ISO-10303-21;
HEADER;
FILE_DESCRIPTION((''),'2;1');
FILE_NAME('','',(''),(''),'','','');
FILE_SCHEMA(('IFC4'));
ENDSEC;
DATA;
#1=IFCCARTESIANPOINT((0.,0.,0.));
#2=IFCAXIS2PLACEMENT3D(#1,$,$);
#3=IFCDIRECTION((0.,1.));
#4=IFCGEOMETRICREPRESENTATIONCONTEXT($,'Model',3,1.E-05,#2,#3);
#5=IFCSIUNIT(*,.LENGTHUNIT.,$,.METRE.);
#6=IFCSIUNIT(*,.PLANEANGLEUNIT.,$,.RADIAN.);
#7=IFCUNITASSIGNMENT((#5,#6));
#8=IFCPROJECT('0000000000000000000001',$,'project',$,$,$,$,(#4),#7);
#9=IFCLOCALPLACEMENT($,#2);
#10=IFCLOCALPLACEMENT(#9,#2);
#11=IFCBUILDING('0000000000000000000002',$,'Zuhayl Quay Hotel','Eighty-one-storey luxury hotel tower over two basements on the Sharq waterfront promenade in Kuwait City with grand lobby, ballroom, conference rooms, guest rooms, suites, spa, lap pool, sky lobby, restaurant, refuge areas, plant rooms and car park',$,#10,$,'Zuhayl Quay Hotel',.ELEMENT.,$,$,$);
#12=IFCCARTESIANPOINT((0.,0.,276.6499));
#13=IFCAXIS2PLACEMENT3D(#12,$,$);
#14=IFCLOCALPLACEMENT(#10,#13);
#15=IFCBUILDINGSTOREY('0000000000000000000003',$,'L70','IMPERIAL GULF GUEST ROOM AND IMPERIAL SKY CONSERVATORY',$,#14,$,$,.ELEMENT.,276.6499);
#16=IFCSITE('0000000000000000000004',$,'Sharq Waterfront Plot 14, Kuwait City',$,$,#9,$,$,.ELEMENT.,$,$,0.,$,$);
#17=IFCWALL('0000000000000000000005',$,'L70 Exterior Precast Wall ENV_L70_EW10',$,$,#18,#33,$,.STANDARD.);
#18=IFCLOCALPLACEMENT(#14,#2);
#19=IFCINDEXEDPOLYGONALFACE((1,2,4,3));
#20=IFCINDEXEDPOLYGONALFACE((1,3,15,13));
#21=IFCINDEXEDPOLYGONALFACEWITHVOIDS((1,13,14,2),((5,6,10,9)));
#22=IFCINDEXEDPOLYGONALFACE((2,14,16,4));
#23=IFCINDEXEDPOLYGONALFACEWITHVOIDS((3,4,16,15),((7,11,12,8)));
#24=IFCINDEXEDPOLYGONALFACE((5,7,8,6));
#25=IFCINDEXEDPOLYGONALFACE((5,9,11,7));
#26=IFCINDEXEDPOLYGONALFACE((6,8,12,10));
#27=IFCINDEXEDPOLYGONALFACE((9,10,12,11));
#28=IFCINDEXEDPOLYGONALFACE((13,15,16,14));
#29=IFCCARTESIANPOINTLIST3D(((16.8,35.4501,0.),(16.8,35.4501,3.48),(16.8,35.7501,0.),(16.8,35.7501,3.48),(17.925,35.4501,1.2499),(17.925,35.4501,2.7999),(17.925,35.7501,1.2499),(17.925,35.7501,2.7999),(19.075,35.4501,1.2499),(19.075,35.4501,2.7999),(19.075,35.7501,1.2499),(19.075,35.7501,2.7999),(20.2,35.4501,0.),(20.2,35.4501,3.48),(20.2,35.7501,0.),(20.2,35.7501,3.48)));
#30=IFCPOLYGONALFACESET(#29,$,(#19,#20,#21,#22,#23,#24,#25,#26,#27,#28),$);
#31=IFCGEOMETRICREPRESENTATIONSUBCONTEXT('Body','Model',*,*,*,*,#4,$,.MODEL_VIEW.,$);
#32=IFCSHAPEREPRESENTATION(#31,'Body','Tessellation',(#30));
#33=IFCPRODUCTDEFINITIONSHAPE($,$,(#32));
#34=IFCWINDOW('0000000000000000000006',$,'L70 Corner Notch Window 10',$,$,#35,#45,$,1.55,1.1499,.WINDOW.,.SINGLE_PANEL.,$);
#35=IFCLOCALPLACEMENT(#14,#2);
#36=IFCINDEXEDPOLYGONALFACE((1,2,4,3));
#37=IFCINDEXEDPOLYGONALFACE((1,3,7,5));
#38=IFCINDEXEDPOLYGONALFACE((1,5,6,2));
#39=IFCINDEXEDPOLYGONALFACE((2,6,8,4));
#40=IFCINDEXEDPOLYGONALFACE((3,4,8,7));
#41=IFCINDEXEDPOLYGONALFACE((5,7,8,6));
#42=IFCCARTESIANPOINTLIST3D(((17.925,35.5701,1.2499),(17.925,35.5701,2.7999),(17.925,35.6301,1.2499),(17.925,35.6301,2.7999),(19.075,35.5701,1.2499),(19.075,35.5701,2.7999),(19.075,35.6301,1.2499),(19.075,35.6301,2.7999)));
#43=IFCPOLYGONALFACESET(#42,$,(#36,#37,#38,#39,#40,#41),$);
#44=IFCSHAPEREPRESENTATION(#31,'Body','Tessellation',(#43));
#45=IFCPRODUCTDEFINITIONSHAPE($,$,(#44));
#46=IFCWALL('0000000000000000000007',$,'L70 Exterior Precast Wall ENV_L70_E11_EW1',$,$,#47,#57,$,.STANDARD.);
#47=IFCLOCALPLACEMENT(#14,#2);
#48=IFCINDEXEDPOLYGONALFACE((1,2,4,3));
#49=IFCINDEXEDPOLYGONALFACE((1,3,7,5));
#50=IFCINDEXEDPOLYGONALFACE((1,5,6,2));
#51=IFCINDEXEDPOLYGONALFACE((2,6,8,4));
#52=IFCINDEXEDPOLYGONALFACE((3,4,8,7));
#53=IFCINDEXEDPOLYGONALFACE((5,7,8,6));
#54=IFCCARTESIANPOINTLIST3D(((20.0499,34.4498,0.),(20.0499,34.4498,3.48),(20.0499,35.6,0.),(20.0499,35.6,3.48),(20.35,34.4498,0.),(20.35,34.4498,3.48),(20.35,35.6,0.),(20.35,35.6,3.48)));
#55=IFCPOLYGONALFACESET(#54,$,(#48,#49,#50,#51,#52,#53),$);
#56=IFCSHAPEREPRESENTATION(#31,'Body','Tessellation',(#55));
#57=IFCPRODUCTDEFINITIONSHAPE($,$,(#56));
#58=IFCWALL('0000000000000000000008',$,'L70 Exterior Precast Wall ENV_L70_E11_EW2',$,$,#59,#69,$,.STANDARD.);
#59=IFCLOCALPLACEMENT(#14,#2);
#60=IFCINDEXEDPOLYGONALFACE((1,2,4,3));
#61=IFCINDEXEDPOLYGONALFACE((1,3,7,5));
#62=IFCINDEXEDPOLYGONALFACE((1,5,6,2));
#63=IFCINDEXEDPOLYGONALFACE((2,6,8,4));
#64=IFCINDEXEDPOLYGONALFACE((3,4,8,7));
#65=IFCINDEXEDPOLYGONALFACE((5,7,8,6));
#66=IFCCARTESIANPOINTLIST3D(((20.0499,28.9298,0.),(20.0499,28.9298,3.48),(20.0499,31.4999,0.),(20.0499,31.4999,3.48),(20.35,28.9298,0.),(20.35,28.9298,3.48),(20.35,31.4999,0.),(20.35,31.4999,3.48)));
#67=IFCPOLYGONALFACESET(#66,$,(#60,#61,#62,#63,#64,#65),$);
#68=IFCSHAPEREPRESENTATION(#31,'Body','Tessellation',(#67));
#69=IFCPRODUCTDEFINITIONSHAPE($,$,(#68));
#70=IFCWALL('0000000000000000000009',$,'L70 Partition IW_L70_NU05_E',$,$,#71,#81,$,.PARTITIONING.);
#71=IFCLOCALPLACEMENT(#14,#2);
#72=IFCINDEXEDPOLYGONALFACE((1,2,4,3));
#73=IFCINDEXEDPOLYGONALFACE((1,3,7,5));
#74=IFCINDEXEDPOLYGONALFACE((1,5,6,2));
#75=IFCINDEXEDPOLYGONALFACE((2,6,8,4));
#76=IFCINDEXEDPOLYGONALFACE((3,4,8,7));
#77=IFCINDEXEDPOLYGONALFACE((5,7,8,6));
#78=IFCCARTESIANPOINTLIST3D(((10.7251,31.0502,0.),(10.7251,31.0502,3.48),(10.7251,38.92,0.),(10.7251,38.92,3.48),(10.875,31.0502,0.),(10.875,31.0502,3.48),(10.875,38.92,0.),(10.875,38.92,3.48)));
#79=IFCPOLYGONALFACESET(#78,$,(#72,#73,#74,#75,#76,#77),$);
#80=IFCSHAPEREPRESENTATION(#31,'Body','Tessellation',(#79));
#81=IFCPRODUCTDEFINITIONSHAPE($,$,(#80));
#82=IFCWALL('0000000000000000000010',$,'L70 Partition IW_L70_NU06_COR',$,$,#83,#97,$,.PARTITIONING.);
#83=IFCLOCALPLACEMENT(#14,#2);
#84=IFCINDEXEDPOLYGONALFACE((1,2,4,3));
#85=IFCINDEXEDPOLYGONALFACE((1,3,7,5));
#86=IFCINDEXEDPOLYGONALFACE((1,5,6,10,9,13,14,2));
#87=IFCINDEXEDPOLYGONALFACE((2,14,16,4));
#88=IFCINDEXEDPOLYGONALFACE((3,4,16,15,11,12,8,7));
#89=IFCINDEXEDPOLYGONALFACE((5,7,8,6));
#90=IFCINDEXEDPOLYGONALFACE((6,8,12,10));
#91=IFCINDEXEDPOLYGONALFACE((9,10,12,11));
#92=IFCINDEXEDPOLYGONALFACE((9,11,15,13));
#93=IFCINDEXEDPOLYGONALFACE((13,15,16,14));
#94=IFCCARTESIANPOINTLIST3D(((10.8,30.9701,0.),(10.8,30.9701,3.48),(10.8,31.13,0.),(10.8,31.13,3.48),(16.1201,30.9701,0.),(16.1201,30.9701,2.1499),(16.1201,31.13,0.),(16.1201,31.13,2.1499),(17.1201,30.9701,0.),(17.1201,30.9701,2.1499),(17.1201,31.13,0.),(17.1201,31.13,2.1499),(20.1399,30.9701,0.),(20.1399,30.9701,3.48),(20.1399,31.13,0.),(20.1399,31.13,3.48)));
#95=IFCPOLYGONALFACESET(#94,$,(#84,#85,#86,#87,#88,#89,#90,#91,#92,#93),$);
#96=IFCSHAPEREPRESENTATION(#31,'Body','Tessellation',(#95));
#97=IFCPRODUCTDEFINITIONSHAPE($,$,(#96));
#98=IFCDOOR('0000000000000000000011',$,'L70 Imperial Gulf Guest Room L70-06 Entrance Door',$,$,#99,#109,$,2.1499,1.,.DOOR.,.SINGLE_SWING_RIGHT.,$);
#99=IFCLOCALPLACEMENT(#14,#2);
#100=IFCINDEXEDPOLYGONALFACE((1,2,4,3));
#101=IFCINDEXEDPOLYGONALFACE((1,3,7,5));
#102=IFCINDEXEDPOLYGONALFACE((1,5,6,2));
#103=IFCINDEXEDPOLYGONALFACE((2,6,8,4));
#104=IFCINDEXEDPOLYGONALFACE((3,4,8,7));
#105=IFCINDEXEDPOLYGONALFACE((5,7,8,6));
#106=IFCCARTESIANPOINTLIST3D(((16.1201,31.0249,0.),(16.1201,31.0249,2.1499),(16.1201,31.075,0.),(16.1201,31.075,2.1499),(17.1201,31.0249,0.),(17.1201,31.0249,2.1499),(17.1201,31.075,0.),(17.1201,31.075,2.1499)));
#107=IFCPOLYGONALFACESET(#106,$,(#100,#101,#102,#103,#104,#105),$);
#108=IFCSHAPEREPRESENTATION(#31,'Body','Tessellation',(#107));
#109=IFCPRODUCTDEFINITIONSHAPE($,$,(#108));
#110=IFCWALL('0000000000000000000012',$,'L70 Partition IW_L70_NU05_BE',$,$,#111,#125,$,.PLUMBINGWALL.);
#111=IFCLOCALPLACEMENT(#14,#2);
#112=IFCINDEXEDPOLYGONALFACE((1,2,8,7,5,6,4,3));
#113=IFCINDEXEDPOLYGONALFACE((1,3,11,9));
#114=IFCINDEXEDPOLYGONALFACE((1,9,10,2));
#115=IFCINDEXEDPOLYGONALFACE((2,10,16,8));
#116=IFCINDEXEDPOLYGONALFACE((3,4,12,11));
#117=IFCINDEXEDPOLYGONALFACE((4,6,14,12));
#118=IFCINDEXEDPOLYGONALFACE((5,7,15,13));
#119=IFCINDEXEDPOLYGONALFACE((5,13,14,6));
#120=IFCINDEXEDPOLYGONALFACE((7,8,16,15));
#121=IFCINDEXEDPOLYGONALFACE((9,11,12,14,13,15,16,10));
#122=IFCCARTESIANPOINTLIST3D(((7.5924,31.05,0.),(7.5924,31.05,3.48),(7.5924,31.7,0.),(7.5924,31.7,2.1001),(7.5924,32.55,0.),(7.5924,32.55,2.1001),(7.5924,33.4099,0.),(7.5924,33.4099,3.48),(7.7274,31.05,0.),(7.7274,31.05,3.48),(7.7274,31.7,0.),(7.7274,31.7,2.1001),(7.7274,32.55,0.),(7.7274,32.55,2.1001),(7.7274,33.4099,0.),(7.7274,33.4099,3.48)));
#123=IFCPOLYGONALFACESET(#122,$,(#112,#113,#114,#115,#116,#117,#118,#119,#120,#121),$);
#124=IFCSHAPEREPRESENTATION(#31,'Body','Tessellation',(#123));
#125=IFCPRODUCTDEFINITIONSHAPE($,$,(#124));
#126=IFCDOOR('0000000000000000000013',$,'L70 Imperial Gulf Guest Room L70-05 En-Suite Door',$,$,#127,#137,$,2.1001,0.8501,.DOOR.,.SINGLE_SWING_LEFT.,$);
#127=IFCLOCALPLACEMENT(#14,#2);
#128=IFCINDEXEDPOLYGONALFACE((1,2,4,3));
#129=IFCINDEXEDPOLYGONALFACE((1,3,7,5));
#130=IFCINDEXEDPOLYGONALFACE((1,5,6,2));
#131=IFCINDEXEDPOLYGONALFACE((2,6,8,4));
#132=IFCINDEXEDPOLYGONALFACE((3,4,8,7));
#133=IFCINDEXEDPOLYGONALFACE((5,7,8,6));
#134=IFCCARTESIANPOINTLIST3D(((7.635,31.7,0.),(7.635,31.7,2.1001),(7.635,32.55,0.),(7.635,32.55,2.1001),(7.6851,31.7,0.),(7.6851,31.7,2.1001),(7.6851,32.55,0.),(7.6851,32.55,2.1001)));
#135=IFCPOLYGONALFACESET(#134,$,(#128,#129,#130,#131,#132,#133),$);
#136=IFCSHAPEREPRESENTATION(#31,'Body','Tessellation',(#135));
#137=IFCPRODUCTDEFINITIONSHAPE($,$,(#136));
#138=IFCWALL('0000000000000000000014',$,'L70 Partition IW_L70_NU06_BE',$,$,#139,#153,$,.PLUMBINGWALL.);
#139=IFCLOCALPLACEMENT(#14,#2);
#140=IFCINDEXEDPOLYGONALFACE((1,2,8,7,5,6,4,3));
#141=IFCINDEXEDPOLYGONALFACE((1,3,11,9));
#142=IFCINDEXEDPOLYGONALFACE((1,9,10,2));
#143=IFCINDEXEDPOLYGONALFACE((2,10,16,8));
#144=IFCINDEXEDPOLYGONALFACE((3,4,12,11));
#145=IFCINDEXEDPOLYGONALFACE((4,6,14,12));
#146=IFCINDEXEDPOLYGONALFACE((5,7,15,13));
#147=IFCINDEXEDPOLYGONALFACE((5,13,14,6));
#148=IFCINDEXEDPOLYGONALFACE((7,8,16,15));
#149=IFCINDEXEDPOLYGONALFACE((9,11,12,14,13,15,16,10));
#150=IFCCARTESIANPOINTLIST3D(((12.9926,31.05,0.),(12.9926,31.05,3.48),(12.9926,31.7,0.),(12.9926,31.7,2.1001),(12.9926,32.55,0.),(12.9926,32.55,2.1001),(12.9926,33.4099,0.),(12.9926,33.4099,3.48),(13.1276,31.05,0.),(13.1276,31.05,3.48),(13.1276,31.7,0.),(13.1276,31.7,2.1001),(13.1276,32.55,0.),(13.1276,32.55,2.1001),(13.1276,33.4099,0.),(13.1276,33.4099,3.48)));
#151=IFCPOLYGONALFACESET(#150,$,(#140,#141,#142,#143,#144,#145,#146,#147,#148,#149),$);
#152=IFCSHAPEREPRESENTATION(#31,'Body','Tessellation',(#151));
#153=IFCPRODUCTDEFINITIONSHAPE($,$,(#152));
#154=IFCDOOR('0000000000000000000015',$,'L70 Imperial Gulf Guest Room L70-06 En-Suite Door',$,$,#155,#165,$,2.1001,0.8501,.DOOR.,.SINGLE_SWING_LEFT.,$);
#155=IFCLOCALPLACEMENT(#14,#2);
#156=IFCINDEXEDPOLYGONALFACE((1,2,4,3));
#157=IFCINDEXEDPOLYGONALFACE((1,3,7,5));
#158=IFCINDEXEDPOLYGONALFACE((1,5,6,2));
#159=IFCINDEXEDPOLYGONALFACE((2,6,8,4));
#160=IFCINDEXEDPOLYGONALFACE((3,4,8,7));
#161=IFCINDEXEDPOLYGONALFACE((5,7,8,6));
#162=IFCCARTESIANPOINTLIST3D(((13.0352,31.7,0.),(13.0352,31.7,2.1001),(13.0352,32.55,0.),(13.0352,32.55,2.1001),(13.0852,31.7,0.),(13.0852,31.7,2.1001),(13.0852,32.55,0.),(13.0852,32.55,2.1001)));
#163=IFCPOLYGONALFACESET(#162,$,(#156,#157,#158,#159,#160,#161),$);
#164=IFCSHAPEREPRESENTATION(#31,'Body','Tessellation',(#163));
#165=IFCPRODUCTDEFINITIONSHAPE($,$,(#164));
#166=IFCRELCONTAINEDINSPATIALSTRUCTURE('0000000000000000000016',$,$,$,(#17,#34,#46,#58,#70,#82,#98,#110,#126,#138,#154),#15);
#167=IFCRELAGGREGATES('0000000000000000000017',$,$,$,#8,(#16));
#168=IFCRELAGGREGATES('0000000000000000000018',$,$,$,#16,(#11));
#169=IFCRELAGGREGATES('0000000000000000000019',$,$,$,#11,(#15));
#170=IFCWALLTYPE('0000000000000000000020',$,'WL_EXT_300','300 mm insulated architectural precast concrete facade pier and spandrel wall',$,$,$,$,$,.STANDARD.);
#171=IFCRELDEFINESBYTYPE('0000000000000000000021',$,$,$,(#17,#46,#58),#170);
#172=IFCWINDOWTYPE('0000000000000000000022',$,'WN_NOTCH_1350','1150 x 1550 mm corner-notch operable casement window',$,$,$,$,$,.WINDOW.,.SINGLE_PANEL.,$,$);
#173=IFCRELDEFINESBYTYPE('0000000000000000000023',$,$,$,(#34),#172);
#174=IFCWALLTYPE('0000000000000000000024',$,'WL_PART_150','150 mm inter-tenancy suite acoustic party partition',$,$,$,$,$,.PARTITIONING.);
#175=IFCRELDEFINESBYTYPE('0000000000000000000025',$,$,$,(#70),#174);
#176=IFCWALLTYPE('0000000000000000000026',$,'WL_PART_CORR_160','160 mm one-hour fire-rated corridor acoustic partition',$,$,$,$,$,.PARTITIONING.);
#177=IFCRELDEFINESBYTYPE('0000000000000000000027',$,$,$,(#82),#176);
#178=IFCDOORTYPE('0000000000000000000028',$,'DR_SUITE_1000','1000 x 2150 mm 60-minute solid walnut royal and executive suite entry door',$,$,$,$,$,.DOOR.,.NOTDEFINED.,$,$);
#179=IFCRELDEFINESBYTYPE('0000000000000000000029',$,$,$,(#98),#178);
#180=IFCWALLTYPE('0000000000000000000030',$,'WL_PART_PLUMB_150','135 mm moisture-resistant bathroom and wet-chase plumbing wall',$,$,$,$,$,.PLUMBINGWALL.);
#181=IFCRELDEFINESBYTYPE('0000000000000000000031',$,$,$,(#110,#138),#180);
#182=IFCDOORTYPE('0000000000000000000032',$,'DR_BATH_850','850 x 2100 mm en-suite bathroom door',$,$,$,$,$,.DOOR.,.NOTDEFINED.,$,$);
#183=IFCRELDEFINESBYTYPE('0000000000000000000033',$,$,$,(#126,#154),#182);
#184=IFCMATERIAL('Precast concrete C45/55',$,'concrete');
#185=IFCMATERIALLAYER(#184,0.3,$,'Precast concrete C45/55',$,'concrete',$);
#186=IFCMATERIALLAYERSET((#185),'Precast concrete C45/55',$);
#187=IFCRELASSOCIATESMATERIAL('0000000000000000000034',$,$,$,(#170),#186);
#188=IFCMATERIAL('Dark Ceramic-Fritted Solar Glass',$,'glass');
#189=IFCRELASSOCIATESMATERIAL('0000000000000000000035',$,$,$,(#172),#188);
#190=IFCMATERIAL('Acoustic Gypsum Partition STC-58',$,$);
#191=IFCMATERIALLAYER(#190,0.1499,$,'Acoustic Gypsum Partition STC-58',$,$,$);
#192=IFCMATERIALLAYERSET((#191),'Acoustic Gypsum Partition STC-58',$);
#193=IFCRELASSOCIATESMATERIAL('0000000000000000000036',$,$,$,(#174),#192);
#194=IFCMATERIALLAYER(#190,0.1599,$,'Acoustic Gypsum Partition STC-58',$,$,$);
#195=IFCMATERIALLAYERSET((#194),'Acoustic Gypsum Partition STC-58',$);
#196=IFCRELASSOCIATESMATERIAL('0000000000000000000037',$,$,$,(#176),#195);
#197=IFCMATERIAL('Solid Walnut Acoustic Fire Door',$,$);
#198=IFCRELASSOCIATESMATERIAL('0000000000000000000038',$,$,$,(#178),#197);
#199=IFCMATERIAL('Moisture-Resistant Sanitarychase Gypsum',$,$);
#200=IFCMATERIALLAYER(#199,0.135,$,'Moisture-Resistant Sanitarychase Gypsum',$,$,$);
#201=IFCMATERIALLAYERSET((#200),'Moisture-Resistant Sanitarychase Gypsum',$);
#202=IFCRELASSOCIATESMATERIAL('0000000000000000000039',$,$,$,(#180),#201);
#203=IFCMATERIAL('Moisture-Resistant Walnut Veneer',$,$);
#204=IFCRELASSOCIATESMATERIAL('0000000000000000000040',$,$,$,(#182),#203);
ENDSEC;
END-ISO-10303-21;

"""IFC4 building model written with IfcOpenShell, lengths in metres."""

from ifc_helpers import new_model, si_unit, direction, frame, frame_2d, origin, place, context, subcontext, project, spatial, rectangle, extrude, material, layer, layer_set, type_object, element, fill, save


model = new_model("IFC4")

# Units and contexts
model_context = context("Model", 3, precision=1e-05, world=origin(), true_north=direction((0.0, 1.0)))
body_context = subcontext(model_context, "Body", "Model", "MODEL_VIEW")
ifc_project = project(units=[si_unit("LENGTHUNIT", "METRE"), si_unit("PLANEANGLEUNIT", "RADIAN")], contexts=[model_context])

# Site, building, storey
site_placement = place(None, origin())
site = spatial("IfcSite", under=ifc_project, at=site_placement, Name="Sharq Waterfront Plot 14, Kuwait City", CompositionType="ELEMENT", RefElevation=0.0)
building_placement = place(site_placement, origin())
building = spatial("IfcBuilding", under=site, at=building_placement, Name="Zuhayl Quay Hotel", Description="Eighty-one-storey luxury hotel tower over two basements on the Sharq waterfront promenade in Kuwait City with grand lobby, ballroom, conference rooms, guest rooms, suites, spa, lap pool, sky lobby, restaurant, refuge areas, plant rooms and car park", LongName="Zuhayl Quay Hotel", CompositionType="ELEMENT")
storey_placement = place(building_placement, frame((0.0, 0.0, 276.6499)))
storey = spatial("IfcBuildingStorey", under=building, at=storey_placement, Name="L70", Description="IMPERIAL GULF GUEST ROOM AND IMPERIAL SKY CONSERVATORY", CompositionType="ELEMENT", Elevation=276.6499)

# Shared definitions
ifc_material_1 = material(Name="Dark Ceramic-Fritted Solar Glass", Category="glass")

# Wall, opening, window
ifc_material_2 = material(Name="Precast concrete C45/55", Category="concrete")
ifc_layer_1 = layer(ifc_material_2, 0.3, Name="Precast concrete C45/55", Category="concrete")
ifc_layer_set_1 = layer_set([ifc_layer_1], Name="Precast concrete C45/55")
wall_type_1 = type_object("IfcWallType", Name="WL_EXT_300", Description="300 mm insulated architectural precast concrete facade pier and spandrel wall", PredefinedType="STANDARD", material=ifc_layer_set_1)
window_type = type_object("IfcWindowType", Name="WN_NOTCH_1350", Description="1150 x 1550 mm corner-notch operable casement window", PartitioningType="SINGLE_PANEL", PredefinedType="WINDOW", material=ifc_material_1)
wall_1_placement = place(storey_placement, frame((16.8, 35.6001, 0.0), z_axis=(0.0, 0.0, 1.0), x_axis=(1.0, 0.0, 0.0)))
wall_1 = element("IfcWall", 1, at=wall_1_placement, inside=storey, type_object=wall_type_1, Name="L70 Exterior Precast Wall ENV_L70_EW10", PredefinedType="STANDARD", context=body_context, shape_type="SweptSolid", body=[
    extrude(rectangle(XDim=3.3999, YDim=0.3, at=frame_2d((1.7, 0.0))), origin(), (0.0, 0.0, 1.0), 3.48),
])
opening_1_placement = place(wall_1_placement, frame((1.125, 0.0, 1.25)))
opening_1 = element("IfcOpeningElement", 2, at=opening_1_placement, cuts=wall_1, PredefinedType="OPENING", context=body_context, shape_type="SweptSolid", body=[
    extrude(rectangle(XDim=1.1499, YDim=1.55, at=frame_2d((0.575, 0.7749))), frame((0.0, 0.1599, 0.0), z_axis=(0.0, -1.0, 0.0), x_axis=(1.0, 0.0, 0.0)), (0.0, 0.0, 1.0), 0.3201),
])
window_1_placement = place(opening_1_placement, origin())
window_1 = element("IfcWindow", 3, at=window_1_placement, inside=storey, type_object=window_type, Name="L70 Corner Notch Window 10", OverallHeight=1.55, OverallWidth=1.1499, PartitioningType="SINGLE_PANEL", PredefinedType="WINDOW", context=body_context, shape_type="SweptSolid", body=[
    extrude(rectangle(XDim=1.1499, YDim=1.55, at=frame_2d((0.575, 0.7749))), frame((0.0, 0.03, 0.0), z_axis=(0.0, -1.0, 0.0), x_axis=(1.0, 0.0, 0.0)), (0.0, 0.0, 1.0), 0.0601),
])
fill(opening_1, window_1)

# Walls
wall_2_placement = place(storey_placement, frame((20.2, 35.6001, 0.0), z_axis=(0.0, 0.0, 1.0), x_axis=(0.0, -1.0, 0.0)))
element("IfcWall", 4, at=wall_2_placement, inside=storey, type_object=wall_type_1, Name="L70 Exterior Precast Wall ENV_L70_E11_EW1", PredefinedType="STANDARD", context=body_context, shape_type="SweptSolid", body=[
    extrude(rectangle(XDim=1.1501, YDim=0.3, at=frame_2d((0.5752, 0.0))), origin(), (0.0, 0.0, 1.0), 3.48),
])
wall_3_placement = place(storey_placement, frame((20.2, 31.5, 0.0), z_axis=(0.0, 0.0, 1.0), x_axis=(0.0, -1.0, 0.0)))
element("IfcWall", 5, at=wall_3_placement, inside=storey, type_object=wall_type_1, Name="L70 Exterior Precast Wall ENV_L70_E11_EW2", PredefinedType="STANDARD", context=body_context, shape_type="SweptSolid", body=[
    extrude(rectangle(XDim=2.5701, YDim=0.3, at=frame_2d((1.2852, 0.0))), origin(), (0.0, 0.0, 1.0), 3.48),
])
ifc_material_3 = material(Name="Acoustic Gypsum Partition STC-58")
ifc_layer_2 = layer(ifc_material_3, 0.1499, Name="Acoustic Gypsum Partition STC-58")
ifc_layer_set_2 = layer_set([ifc_layer_2], Name="Acoustic Gypsum Partition STC-58")
wall_type_2 = type_object("IfcWallType", Name="WL_PART_150", Description="150 mm inter-tenancy suite acoustic party partition", PredefinedType="PARTITIONING", material=ifc_layer_set_2)
wall_4_placement = place(storey_placement, frame((10.8, 31.05, 0.0), z_axis=(0.0, 0.0, 1.0), x_axis=(0.0, 1.0, 0.0)))
element("IfcWall", 6, at=wall_4_placement, inside=storey, type_object=wall_type_2, Name="L70 Partition IW_L70_NU05_E", PredefinedType="PARTITIONING", context=body_context, shape_type="SweptSolid", body=[
    extrude(rectangle(XDim=7.8699, YDim=0.1499, at=frame_2d((3.9351, 0.0))), origin(), (0.0, 0.0, 1.0), 3.48),
])

# Walls, openings, doors
ifc_layer_3 = layer(ifc_material_3, 0.1599, Name="Acoustic Gypsum Partition STC-58")
ifc_layer_set_3 = layer_set([ifc_layer_3], Name="Acoustic Gypsum Partition STC-58")
wall_type_3 = type_object("IfcWallType", Name="WL_PART_CORR_160", Description="160 mm one-hour fire-rated corridor acoustic partition", PredefinedType="PARTITIONING", material=ifc_layer_set_3)
wall_5_placement = place(storey_placement, frame((10.8, 31.05, 0.0), z_axis=(0.0, 0.0, 1.0), x_axis=(1.0, 0.0, 0.0)))
wall_5 = element("IfcWall", 7, at=wall_5_placement, inside=storey, type_object=wall_type_3, Name="L70 Partition IW_L70_NU06_COR", PredefinedType="PARTITIONING", context=body_context, shape_type="SweptSolid", body=[
    extrude(rectangle(XDim=9.3398, YDim=0.1599, at=frame_2d((4.6699, 0.0))), origin(), (0.0, 0.0, 1.0), 3.48),
])
opening_2_placement = place(wall_5_placement, frame((5.3201, 0.0, 0.0)))
opening_2 = element("IfcOpeningElement", 8, at=opening_2_placement, cuts=wall_5, PredefinedType="OPENING", context=body_context, shape_type="SweptSolid", body=[
    extrude(rectangle(XDim=1.0, YDim=2.1499, at=frame_2d((0.5, 1.075))), frame((0.0, 0.0898, 0.0), z_axis=(0.0, -1.0, 0.0), x_axis=(1.0, 0.0, 0.0)), (0.0, 0.0, 1.0), 0.1799),
])
ifc_material_4 = material(Name="Solid Walnut Acoustic Fire Door")
door_type_1 = type_object("IfcDoorType", Name="DR_SUITE_1000", Description="1000 x 2150 mm 60-minute solid walnut royal and executive suite entry door", OperationType="NOTDEFINED", PredefinedType="DOOR", material=ifc_material_4)
door_1_placement = place(opening_2_placement, origin())
door_1 = element("IfcDoor", 9, at=door_1_placement, inside=storey, type_object=door_type_1, Name="L70 Imperial Gulf Guest Room L70-06 Entrance Door", OperationType="SINGLE_SWING_RIGHT", OverallHeight=2.1499, OverallWidth=1.0, PredefinedType="DOOR", context=body_context, shape_type="SweptSolid", body=[
    extrude(rectangle(XDim=1.0, YDim=2.1499, at=frame_2d((0.5, 1.075))), frame((0.0, 0.0249, 0.0), z_axis=(0.0, -1.0, 0.0), x_axis=(1.0, 0.0, 0.0)), (0.0, 0.0, 1.0), 0.05),
])
fill(opening_2, door_1)
ifc_material_5 = material(Name="Moisture-Resistant Sanitarychase Gypsum")
ifc_layer_4 = layer(ifc_material_5, 0.135, Name="Moisture-Resistant Sanitarychase Gypsum")
ifc_layer_set_4 = layer_set([ifc_layer_4], Name="Moisture-Resistant Sanitarychase Gypsum")
wall_type_4 = type_object("IfcWallType", Name="WL_PART_PLUMB_150", Description="135 mm moisture-resistant bathroom and wet-chase plumbing wall", PredefinedType="PLUMBINGWALL", material=ifc_layer_set_4)
wall_6_placement = place(storey_placement, frame((7.6599, 31.05, 0.0), z_axis=(0.0, 0.0, 1.0), x_axis=(0.0, 1.0, 0.0)))
wall_6 = element("IfcWall", 10, at=wall_6_placement, inside=storey, type_object=wall_type_4, Name="L70 Partition IW_L70_NU05_BE", PredefinedType="PLUMBINGWALL", context=body_context, shape_type="SweptSolid", body=[
    extrude(rectangle(XDim=2.3599, YDim=0.135, at=frame_2d((1.1799, 0.0))), origin(), (0.0, 0.0, 1.0), 3.48),
])
opening_3_placement = place(wall_6_placement, frame((0.6499, 0.0, 0.0)))
opening_3 = element("IfcOpeningElement", 11, at=opening_3_placement, cuts=wall_6, PredefinedType="OPENING", context=body_context, shape_type="SweptSolid", body=[
    extrude(rectangle(XDim=0.8501, YDim=2.1001, at=frame_2d((0.425, 1.05))), frame((0.0, 0.0774, 0.0), z_axis=(0.0, -1.0, 0.0), x_axis=(1.0, 0.0, 0.0)), (0.0, 0.0, 1.0), 0.155),
])
ifc_material_6 = material(Name="Moisture-Resistant Walnut Veneer")
door_type_2 = type_object("IfcDoorType", Name="DR_BATH_850", Description="850 x 2100 mm en-suite bathroom door", OperationType="NOTDEFINED", PredefinedType="DOOR", material=ifc_material_6)
door_2_placement = place(opening_3_placement, origin())
door_2 = element("IfcDoor", 12, at=door_2_placement, inside=storey, type_object=door_type_2, Name="L70 Imperial Gulf Guest Room L70-05 En-Suite Door", OperationType="SINGLE_SWING_LEFT", OverallHeight=2.1001, OverallWidth=0.8501, PredefinedType="DOOR", context=body_context, shape_type="SweptSolid", body=[
    extrude(rectangle(XDim=0.8501, YDim=2.1001, at=frame_2d((0.425, 1.05))), frame((0.0, 0.0249, 0.0), z_axis=(0.0, -1.0, 0.0), x_axis=(1.0, 0.0, 0.0)), (0.0, 0.0, 1.0), 0.05),
])
fill(opening_3, door_2)
wall_7_placement = place(storey_placement, frame((13.0601, 31.05, 0.0), z_axis=(0.0, 0.0, 1.0), x_axis=(0.0, 1.0, 0.0)))
wall_7 = element("IfcWall", 13, at=wall_7_placement, inside=storey, type_object=wall_type_4, Name="L70 Partition IW_L70_NU06_BE", PredefinedType="PLUMBINGWALL", context=body_context, shape_type="SweptSolid", body=[
    extrude(rectangle(XDim=2.3599, YDim=0.135, at=frame_2d((1.1799, 0.0))), origin(), (0.0, 0.0, 1.0), 3.48),
])
opening_4_placement = place(wall_7_placement, frame((0.6499, 0.0, 0.0)))
opening_4 = element("IfcOpeningElement", 14, at=opening_4_placement, cuts=wall_7, PredefinedType="OPENING", context=body_context, shape_type="SweptSolid", body=[
    extrude(rectangle(XDim=0.8501, YDim=2.1001, at=frame_2d((0.425, 1.05))), frame((0.0, 0.0774, 0.0), z_axis=(0.0, -1.0, 0.0), x_axis=(1.0, 0.0, 0.0)), (0.0, 0.0, 1.0), 0.155),
])
door_3_placement = place(opening_4_placement, origin())
door_3 = element("IfcDoor", 15, at=door_3_placement, inside=storey, type_object=door_type_2, Name="L70 Imperial Gulf Guest Room L70-06 En-Suite Door", OperationType="SINGLE_SWING_LEFT", OverallHeight=2.1001, OverallWidth=0.8501, PredefinedType="DOOR", context=body_context, shape_type="SweptSolid", body=[
    extrude(rectangle(XDim=0.8501, YDim=2.1001, at=frame_2d((0.425, 1.05))), frame((0.0, 0.0249, 0.0), z_axis=(0.0, -1.0, 0.0), x_axis=(1.0, 0.0, 0.0)), (0.0, 0.0, 1.0), 0.05),
])
fill(opening_4, door_3)

save(model, "model.ifc")
